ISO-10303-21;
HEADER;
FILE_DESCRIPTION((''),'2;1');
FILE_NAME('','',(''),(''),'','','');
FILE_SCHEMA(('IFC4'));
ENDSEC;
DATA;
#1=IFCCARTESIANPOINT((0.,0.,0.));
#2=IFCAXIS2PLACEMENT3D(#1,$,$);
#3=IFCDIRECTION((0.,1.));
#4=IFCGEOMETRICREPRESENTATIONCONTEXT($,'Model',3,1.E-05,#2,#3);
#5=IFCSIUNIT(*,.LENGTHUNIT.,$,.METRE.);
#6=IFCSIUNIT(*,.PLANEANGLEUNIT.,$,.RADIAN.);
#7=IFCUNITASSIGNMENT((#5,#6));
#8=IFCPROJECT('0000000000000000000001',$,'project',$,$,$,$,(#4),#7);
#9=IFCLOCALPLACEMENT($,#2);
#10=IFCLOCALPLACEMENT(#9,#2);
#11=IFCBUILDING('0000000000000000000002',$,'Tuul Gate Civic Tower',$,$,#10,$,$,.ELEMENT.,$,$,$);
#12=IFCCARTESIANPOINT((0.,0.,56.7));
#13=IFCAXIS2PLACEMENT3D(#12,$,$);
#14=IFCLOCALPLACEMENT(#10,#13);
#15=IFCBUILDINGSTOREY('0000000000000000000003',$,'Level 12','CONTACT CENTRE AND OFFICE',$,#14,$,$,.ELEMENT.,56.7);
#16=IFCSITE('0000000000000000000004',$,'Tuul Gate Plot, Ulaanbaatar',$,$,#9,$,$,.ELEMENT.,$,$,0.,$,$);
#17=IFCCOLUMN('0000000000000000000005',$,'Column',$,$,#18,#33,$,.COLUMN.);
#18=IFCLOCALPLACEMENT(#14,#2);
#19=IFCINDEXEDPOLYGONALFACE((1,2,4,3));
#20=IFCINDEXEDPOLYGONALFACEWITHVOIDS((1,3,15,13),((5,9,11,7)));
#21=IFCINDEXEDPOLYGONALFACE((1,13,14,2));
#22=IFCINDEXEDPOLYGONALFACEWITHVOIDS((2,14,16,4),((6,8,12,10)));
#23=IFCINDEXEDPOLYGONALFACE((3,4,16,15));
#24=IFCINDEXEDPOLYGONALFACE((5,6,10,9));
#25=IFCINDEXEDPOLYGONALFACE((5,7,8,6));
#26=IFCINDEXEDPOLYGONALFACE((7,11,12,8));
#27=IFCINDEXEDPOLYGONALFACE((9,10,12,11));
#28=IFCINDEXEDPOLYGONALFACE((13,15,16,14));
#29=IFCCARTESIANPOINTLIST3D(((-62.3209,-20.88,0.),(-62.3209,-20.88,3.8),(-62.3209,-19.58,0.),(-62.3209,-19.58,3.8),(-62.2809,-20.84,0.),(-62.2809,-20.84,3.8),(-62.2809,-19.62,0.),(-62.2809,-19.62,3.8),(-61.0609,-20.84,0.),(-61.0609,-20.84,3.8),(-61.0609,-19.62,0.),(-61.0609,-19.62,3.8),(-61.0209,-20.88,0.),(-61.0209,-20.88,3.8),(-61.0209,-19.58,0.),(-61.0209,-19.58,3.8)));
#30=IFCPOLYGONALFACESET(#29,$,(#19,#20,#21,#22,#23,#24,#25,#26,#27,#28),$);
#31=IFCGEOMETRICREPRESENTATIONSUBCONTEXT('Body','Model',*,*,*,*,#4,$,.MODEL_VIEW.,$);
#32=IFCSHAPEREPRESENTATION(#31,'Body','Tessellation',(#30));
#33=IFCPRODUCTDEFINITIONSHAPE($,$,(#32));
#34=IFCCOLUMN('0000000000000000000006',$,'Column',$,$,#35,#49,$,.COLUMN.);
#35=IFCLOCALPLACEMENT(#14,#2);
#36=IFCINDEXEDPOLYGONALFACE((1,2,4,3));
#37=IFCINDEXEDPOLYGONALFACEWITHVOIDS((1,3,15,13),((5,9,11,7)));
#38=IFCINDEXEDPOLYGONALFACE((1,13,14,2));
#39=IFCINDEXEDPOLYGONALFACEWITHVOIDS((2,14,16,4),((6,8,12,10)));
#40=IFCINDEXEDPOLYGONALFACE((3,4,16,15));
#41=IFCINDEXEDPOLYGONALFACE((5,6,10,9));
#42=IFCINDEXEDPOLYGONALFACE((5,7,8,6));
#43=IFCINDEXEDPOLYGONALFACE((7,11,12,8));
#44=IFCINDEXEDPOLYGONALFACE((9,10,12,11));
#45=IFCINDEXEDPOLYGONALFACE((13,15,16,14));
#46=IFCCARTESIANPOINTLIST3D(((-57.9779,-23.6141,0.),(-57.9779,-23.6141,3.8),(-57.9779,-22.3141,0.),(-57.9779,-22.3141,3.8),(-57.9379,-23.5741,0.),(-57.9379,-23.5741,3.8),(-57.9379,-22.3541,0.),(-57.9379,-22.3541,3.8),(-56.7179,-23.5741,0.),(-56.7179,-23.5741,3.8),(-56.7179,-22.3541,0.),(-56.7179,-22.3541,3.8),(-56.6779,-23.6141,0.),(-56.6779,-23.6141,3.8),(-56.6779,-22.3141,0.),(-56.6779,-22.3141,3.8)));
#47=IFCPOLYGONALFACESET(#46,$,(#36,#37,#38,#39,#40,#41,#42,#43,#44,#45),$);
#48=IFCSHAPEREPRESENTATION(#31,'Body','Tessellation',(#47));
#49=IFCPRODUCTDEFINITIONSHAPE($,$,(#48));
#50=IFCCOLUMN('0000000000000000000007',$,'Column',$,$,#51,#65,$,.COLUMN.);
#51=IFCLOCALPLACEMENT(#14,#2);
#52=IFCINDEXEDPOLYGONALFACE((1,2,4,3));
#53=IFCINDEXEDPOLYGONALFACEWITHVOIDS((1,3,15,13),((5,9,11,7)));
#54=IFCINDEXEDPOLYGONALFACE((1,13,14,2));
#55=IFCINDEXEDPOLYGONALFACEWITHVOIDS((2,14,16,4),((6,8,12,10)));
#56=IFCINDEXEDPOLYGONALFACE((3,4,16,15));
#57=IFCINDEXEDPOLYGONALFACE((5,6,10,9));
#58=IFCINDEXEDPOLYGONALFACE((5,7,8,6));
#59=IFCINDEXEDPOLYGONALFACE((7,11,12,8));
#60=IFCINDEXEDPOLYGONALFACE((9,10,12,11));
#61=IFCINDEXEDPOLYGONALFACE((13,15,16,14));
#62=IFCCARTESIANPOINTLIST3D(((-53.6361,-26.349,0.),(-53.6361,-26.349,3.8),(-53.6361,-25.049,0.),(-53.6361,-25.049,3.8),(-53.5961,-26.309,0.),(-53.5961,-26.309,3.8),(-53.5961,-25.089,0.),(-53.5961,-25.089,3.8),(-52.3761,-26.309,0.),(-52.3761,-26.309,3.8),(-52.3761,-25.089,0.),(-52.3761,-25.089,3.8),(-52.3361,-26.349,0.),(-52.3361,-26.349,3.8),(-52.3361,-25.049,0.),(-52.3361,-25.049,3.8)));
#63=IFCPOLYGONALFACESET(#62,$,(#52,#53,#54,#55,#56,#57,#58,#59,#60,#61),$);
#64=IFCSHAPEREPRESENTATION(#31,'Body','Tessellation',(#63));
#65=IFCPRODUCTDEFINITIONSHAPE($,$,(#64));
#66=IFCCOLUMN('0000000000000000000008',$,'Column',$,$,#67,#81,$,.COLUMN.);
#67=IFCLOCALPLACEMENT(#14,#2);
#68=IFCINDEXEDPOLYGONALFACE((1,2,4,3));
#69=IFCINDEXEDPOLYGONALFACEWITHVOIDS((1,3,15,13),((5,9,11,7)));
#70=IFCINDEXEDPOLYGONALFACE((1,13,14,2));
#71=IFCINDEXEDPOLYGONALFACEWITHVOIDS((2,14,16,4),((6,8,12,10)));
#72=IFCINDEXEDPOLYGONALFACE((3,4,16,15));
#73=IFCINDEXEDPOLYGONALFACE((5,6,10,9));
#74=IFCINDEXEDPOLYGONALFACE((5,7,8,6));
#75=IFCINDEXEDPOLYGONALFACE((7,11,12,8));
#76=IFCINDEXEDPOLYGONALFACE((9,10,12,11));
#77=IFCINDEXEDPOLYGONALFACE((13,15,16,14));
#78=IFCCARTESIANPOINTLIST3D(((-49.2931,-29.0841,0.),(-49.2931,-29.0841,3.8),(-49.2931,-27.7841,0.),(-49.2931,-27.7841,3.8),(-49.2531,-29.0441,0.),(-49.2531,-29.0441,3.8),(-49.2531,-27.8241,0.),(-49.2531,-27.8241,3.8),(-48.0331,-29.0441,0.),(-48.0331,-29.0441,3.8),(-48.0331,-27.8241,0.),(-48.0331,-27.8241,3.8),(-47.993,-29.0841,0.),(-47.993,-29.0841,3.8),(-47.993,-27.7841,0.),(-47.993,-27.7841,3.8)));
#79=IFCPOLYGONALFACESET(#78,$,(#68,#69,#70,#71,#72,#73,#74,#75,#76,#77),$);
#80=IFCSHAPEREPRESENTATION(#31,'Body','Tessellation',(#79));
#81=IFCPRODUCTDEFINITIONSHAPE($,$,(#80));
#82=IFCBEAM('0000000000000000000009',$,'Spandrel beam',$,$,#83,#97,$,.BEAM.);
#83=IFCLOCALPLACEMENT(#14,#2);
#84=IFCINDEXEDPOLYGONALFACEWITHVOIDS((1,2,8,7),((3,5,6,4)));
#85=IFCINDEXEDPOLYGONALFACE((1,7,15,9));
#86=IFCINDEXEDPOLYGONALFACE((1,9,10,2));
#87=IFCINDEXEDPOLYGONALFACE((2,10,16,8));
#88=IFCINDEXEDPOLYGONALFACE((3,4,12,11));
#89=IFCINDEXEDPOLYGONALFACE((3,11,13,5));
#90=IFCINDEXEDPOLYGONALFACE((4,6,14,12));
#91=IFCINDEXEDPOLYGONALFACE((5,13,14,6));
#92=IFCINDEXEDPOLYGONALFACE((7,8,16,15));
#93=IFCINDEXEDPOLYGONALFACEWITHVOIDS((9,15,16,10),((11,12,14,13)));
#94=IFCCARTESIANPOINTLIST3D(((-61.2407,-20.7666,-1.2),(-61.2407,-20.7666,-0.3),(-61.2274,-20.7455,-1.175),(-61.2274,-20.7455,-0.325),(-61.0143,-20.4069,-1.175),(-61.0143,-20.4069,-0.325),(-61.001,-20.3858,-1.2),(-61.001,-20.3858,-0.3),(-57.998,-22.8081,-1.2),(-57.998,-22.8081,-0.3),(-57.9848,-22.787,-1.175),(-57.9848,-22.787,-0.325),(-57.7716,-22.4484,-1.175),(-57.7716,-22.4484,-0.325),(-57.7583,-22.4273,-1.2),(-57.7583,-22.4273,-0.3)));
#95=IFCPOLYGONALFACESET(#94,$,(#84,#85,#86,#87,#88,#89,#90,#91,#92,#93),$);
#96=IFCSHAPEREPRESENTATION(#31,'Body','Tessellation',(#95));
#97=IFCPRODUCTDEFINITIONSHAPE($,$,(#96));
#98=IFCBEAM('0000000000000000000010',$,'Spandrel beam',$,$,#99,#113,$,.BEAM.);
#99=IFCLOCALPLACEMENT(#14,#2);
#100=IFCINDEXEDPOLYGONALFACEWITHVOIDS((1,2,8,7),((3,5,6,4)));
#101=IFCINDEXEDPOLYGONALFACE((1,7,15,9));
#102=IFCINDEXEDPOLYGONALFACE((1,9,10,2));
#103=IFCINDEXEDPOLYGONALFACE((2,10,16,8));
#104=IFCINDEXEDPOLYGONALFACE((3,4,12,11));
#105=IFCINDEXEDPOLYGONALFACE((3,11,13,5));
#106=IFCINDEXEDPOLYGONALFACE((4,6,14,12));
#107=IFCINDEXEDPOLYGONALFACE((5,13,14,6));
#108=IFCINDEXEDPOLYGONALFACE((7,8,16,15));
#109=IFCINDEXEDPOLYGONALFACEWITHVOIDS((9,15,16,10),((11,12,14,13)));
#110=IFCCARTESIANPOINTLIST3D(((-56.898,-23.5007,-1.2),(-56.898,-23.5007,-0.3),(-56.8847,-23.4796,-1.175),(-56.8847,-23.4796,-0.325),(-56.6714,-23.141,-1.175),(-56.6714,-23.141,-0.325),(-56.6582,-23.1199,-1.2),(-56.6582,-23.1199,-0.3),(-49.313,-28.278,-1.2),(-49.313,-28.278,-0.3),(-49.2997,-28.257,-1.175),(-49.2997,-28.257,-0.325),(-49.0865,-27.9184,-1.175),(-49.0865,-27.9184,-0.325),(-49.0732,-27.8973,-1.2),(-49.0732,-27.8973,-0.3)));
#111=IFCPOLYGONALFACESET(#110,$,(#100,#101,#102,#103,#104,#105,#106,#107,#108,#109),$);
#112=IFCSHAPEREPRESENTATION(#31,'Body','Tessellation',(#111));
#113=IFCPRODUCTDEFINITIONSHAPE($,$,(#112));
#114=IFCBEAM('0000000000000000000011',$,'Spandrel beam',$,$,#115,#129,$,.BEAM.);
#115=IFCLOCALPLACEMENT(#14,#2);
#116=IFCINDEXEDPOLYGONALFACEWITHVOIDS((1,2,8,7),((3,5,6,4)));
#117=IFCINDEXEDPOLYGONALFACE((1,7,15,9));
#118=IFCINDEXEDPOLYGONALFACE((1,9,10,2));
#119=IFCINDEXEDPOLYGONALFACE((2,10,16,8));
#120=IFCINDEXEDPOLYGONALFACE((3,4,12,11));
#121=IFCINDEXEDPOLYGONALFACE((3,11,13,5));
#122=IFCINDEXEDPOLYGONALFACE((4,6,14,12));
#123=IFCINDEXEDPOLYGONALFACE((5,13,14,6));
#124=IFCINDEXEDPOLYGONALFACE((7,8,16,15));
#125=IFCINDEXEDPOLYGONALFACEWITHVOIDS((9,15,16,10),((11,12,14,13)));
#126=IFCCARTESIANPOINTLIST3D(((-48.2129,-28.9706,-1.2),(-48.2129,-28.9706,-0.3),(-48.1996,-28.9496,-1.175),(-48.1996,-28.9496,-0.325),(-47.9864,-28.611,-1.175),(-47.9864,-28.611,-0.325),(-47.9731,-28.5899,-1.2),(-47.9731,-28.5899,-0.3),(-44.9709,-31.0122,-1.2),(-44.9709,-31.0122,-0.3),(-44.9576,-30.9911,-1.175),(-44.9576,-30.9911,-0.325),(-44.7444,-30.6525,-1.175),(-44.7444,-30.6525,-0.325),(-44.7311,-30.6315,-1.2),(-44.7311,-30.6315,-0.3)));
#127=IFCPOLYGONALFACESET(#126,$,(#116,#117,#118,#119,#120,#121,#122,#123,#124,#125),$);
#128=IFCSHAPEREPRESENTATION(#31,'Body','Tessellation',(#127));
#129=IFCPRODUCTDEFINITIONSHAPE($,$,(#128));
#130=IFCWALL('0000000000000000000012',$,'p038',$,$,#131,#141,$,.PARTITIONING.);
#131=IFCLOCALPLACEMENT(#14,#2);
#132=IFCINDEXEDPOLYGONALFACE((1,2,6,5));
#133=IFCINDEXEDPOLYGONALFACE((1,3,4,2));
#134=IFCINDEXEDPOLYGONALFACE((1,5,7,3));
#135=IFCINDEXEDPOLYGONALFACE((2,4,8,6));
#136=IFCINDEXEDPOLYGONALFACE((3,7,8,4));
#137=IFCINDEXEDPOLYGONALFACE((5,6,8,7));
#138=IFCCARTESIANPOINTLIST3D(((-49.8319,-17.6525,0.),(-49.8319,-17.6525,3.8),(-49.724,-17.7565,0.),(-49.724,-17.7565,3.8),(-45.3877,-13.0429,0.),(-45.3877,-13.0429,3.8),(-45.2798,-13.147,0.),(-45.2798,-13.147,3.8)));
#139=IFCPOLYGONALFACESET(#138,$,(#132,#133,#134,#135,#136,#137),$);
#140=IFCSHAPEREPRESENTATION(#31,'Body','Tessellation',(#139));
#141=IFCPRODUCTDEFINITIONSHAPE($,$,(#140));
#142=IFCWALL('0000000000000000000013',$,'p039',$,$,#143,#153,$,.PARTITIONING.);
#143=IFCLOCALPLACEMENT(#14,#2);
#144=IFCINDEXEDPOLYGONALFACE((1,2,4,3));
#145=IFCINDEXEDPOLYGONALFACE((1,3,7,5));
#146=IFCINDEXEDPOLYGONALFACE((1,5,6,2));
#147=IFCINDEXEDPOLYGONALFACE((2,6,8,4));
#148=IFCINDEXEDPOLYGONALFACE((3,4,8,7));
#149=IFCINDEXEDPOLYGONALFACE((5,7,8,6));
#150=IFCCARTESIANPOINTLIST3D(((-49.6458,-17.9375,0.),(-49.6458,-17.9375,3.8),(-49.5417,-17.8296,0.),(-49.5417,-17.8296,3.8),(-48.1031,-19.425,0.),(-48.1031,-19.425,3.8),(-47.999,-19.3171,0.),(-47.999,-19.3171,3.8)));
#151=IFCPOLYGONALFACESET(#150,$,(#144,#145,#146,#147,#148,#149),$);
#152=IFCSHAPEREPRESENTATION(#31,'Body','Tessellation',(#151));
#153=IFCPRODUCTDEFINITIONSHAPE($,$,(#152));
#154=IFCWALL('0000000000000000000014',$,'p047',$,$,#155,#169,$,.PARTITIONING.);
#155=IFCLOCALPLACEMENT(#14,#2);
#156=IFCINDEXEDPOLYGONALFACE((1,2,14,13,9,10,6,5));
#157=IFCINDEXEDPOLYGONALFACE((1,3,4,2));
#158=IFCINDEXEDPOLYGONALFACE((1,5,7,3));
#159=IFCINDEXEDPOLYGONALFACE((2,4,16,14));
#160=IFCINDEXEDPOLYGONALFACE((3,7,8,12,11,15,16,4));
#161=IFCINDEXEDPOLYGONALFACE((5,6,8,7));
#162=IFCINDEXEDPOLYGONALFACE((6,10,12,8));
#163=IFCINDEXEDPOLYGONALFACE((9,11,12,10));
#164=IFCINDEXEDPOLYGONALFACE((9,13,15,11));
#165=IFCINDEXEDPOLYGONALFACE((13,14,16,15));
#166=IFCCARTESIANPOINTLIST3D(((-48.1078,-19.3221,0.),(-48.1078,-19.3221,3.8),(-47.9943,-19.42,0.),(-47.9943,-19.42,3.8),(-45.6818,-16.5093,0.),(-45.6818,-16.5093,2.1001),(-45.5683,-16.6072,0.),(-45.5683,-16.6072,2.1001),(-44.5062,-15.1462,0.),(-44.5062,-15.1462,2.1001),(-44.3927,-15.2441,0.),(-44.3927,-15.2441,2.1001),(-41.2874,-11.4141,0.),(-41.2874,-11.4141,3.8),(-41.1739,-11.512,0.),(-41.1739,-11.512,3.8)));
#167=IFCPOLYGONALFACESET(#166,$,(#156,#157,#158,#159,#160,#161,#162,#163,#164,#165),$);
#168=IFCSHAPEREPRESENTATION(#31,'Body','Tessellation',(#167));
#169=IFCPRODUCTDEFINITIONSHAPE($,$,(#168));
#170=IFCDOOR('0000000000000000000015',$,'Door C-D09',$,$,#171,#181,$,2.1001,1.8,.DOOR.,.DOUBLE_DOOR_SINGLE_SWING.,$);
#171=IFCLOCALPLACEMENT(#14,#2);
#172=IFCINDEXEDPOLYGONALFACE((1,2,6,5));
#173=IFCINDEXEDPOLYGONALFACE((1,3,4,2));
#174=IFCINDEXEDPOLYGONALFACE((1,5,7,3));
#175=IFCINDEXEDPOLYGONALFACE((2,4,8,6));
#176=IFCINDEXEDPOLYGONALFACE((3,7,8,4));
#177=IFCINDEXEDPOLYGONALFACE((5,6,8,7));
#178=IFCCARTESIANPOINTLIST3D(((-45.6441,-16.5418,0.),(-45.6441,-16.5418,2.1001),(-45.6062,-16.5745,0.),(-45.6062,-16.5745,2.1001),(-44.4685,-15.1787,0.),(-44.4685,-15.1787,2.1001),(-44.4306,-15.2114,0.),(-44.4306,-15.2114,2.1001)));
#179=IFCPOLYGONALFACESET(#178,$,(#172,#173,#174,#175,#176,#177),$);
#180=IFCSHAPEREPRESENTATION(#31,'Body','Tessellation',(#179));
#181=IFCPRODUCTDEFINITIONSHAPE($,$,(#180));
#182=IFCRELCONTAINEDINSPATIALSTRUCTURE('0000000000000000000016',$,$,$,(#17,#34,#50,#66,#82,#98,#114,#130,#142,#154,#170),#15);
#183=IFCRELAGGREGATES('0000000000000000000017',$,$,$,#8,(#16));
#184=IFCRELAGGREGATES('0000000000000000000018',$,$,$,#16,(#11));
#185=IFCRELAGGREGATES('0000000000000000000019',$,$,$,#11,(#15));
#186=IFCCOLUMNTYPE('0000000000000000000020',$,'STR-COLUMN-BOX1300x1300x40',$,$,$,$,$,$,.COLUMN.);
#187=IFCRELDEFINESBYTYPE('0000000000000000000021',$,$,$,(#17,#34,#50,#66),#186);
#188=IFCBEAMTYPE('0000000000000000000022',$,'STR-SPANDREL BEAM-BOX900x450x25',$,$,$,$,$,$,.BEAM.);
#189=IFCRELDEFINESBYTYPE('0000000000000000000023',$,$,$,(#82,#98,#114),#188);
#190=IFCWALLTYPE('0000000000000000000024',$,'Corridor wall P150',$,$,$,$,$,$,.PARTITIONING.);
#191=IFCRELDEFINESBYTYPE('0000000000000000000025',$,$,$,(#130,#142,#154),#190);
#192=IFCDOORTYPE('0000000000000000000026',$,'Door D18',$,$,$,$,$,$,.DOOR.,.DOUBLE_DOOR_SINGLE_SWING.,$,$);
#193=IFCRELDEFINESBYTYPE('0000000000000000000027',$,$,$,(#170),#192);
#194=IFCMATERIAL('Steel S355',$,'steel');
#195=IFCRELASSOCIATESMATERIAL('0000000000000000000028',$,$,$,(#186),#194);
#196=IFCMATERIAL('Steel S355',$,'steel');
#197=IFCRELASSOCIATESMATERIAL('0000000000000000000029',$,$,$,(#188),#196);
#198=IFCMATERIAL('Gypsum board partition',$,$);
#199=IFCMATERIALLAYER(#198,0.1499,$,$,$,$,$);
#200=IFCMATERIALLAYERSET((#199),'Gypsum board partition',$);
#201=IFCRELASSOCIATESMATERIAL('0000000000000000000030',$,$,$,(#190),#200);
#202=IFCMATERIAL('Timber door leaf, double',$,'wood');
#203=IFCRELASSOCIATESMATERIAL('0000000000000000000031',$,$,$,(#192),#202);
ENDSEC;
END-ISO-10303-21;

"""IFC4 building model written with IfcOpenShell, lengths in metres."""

from ifc_helpers import new_model, si_unit, direction, frame, frame_2d, origin, origin_2d, place, context, subcontext, project, spatial, rectangle, hollow_rectangle, extrude, material, layer, layer_set, material_profile, profile_set, type_object, element, fill, save


model = new_model("IFC4")

# Units and contexts
model_context = context("Model", 3, precision=1e-05, world=origin(), true_north=direction((0.0, 1.0)))
body_context = subcontext(model_context, "Body", "Model", "MODEL_VIEW")
ifc_project = project(units=[si_unit("LENGTHUNIT", "METRE"), si_unit("PLANEANGLEUNIT", "RADIAN")], contexts=[model_context])

# Site, building, storey
site_placement = place(None, origin())
site = spatial("IfcSite", under=ifc_project, at=site_placement, Name="Tuul Gate Plot, Ulaanbaatar", CompositionType="ELEMENT", RefElevation=0.0)
building_placement = place(site_placement, origin())
building = spatial("IfcBuilding", under=site, at=building_placement, Name="Tuul Gate Civic Tower", CompositionType="ELEMENT")
storey_placement = place(building_placement, frame((0.0, 0.0, 56.7)))
storey = spatial("IfcBuildingStorey", under=building, at=storey_placement, Name="Level 12", Description="CONTACT CENTRE AND OFFICE", CompositionType="ELEMENT", Elevation=56.7)

# Columns
ifc_material_1 = material(Name="Steel S355", Category="steel")
ifc_material_profile_1 = material_profile(ifc_material_1, hollow_rectangle(XDim=1.3, YDim=1.3, WallThickness=0.04, at=origin_2d()), Name="BOX1300x1300x40")
ifc_profile_set_1 = profile_set([ifc_material_profile_1], Name="Steel S355")
column_type = type_object("IfcColumnType", Name="STR-COLUMN-BOX1300x1300x40", PredefinedType="COLUMN", material=ifc_profile_set_1)
for number, where, z_axis, x_axis, name in (
    (1, (-61.6709, -20.23, 0.0), (0.0, 0.0, 1.0), (1.0, 0.0, 0.0), "Column"),
    (2, (-57.3279, -22.9641, 0.0), (0.0, 0.0, 1.0), (1.0, 0.0, 0.0), "Column"),
    (3, (-52.9861, -25.699, 0.0), (0.0, 0.0, 1.0), (1.0, 0.0, 0.0), "Column"),
    (4, (-48.6431, -28.4341, 0.0), (0.0, 0.0, 1.0), (1.0, 0.0, 0.0), "Column"),
):
    element("IfcColumn", number, at=place(storey_placement, frame(where, z_axis=z_axis, x_axis=x_axis)), inside=storey, type_object=column_type, Name=name, PredefinedType="COLUMN", context=body_context, shape_type="SweptSolid", body=[
        extrude(hollow_rectangle(XDim=1.3, YDim=1.3, WallThickness=0.04, at=origin_2d()), origin(), (0.0, 0.0, 1.0), 3.8),
    ])

# Beams
ifc_material_2 = material(Name="Steel S355", Category="steel")
ifc_material_profile_2 = material_profile(ifc_material_2, hollow_rectangle(XDim=0.45, YDim=0.8999, WallThickness=0.0249, at=origin_2d()), Name="BOX900x450x25")
ifc_profile_set_2 = profile_set([ifc_material_profile_2], Name="Steel S355")
beam_type = type_object("IfcBeamType", Name="STR-SPANDREL BEAM-BOX900x450x25", PredefinedType="BEAM", material=ifc_profile_set_2)
beam_1_placement = place(storey_placement, frame((-61.1208, -20.5762, -0.75), z_axis=(0.846254, -0.532779, 0.0), x_axis=(0.532779, 0.846254, 0.0)))
element("IfcBeam", 5, at=beam_1_placement, inside=storey, type_object=beam_type, Name="Spandrel beam", PredefinedType="BEAM", context=body_context, shape_type="SweptSolid", body=[
    extrude(hollow_rectangle(XDim=0.45, YDim=0.8999, WallThickness=0.0249, at=origin_2d()), origin(), (0.0, 0.0, 1.0), 3.8318),
])
beam_2_placement = place(storey_placement, frame((-56.7781, -23.3103, -0.75), z_axis=(0.846151, -0.532943, 0.0), x_axis=(0.532943, 0.846151, 0.0)))
element("IfcBeam", 6, at=beam_2_placement, inside=storey, type_object=beam_type, Name="Spandrel beam", PredefinedType="BEAM", context=body_context, shape_type="SweptSolid", body=[
    extrude(hollow_rectangle(XDim=0.45, YDim=0.8999, WallThickness=0.0249, at=origin_2d()), origin(), (0.0, 0.0, 1.0), 8.9641),
])
beam_3_placement = place(storey_placement, frame((-48.093, -28.7803, -0.75), z_axis=(0.8462, -0.532866, 0.0), x_axis=(0.532866, 0.8462, 0.0)))
element("IfcBeam", 7, at=beam_3_placement, inside=storey, type_object=beam_type, Name="Spandrel beam", PredefinedType="BEAM", context=body_context, shape_type="SweptSolid", body=[
    extrude(hollow_rectangle(XDim=0.45, YDim=0.8999, WallThickness=0.0249, at=origin_2d()), origin(), (0.0, 0.0, 1.0), 3.8313),
])

# Walls
ifc_material_3 = material(Name="Gypsum board partition")
ifc_layer_1 = layer(ifc_material_3, 0.1499)
ifc_layer_set_1 = layer_set([ifc_layer_1], Name="Gypsum board partition")
wall_type_1 = type_object("IfcWallType", Name="Corridor wall P150", PredefinedType="PARTITIONING", material=ifc_layer_set_1)
wall_1_placement = place(storey_placement, frame((-49.7781, -17.7046, 0.0), z_axis=(0.0, 0.0, 1.0), x_axis=(0.694083, 0.719895, 0.0)))
element("IfcWall", 8, at=wall_1_placement, inside=storey, type_object=wall_type_1, Name="p038", PredefinedType="PARTITIONING", context=body_context, shape_type="SweptSolid", body=[
    extrude(rectangle(XDim=6.4031, YDim=0.1499, at=frame_2d((3.2017, 0.0))), origin(), (0.0, 0.0, 1.0), 3.8),
])
wall_2_placement = place(storey_placement, frame((-49.5938, -17.8835, 0.0), z_axis=(0.0, 0.0, 1.0), x_axis=(0.719863, -0.694117, 0.0)))
element("IfcWall", 9, at=wall_2_placement, inside=storey, type_object=wall_type_1, Name="p039", PredefinedType="PARTITIONING", context=body_context, shape_type="SweptSolid", body=[
    extrude(rectangle(XDim=2.1431, YDim=0.1499, at=frame_2d((1.0715, 0.0))), origin(), (0.0, 0.0, 1.0), 3.8),
])

# Wall, opening, door
wall_3_placement = place(storey_placement, frame((-48.051, -19.3711, 0.0), z_axis=(0.0, 0.0, 1.0), x_axis=(0.65311, 0.757263, 0.0)))
wall_3 = element("IfcWall", 10, at=wall_3_placement, inside=storey, type_object=wall_type_1, Name="p047", PredefinedType="PARTITIONING", context=body_context, shape_type="SweptSolid", body=[
    extrude(rectangle(XDim=10.4429, YDim=0.1499, at=frame_2d((5.2214, 0.0))), origin(), (0.0, 0.0, 1.0), 3.8),
])
opening_1_placement = place(wall_3_placement, frame((3.7146, 0.0, 0.0)))
opening_1 = element("IfcOpeningElement", 11, at=opening_1_placement, cuts=wall_3, PredefinedType="OPENING", context=body_context, shape_type="SweptSolid", body=[
    extrude(rectangle(XDim=1.8, YDim=2.1001, at=frame_2d((0.8999, 1.05))), frame((0.0, 0.085, 0.0), z_axis=(0.0, -1.0, 0.0), x_axis=(1.0, 0.0, 0.0)), (0.0, 0.0, 1.0), 0.1699),
])
ifc_material_4 = material(Name="Timber door leaf, double", Category="wood")
door_type = type_object("IfcDoorType", Name="Door D18", OperationType="DOUBLE_DOOR_SINGLE_SWING", PredefinedType="DOOR", material=ifc_material_4)
door_placement = place(opening_1_placement, frame((1.8, 0.0, 0.0), z_axis=(0.0, 0.0, 1.0), x_axis=(-1.0, 0.0, 0.0)))
door = element("IfcDoor", 12, at=door_placement, inside=storey, type_object=door_type, Name="Door C-D09", OperationType="DOUBLE_DOOR_SINGLE_SWING", OverallHeight=2.1001, OverallWidth=1.8, PredefinedType="DOOR", context=body_context, shape_type="SweptSolid", body=[
    extrude(rectangle(XDim=1.8, YDim=2.1001, at=frame_2d((0.9001, 1.05))), frame((0.0, 0.0249, 0.0), z_axis=(0.0, -1.0, 0.0), x_axis=(1.0, 0.0, 0.0)), (0.0, 0.0, 1.0), 0.05),
])
fill(opening_1, door)

save(model, "model.ifc")
